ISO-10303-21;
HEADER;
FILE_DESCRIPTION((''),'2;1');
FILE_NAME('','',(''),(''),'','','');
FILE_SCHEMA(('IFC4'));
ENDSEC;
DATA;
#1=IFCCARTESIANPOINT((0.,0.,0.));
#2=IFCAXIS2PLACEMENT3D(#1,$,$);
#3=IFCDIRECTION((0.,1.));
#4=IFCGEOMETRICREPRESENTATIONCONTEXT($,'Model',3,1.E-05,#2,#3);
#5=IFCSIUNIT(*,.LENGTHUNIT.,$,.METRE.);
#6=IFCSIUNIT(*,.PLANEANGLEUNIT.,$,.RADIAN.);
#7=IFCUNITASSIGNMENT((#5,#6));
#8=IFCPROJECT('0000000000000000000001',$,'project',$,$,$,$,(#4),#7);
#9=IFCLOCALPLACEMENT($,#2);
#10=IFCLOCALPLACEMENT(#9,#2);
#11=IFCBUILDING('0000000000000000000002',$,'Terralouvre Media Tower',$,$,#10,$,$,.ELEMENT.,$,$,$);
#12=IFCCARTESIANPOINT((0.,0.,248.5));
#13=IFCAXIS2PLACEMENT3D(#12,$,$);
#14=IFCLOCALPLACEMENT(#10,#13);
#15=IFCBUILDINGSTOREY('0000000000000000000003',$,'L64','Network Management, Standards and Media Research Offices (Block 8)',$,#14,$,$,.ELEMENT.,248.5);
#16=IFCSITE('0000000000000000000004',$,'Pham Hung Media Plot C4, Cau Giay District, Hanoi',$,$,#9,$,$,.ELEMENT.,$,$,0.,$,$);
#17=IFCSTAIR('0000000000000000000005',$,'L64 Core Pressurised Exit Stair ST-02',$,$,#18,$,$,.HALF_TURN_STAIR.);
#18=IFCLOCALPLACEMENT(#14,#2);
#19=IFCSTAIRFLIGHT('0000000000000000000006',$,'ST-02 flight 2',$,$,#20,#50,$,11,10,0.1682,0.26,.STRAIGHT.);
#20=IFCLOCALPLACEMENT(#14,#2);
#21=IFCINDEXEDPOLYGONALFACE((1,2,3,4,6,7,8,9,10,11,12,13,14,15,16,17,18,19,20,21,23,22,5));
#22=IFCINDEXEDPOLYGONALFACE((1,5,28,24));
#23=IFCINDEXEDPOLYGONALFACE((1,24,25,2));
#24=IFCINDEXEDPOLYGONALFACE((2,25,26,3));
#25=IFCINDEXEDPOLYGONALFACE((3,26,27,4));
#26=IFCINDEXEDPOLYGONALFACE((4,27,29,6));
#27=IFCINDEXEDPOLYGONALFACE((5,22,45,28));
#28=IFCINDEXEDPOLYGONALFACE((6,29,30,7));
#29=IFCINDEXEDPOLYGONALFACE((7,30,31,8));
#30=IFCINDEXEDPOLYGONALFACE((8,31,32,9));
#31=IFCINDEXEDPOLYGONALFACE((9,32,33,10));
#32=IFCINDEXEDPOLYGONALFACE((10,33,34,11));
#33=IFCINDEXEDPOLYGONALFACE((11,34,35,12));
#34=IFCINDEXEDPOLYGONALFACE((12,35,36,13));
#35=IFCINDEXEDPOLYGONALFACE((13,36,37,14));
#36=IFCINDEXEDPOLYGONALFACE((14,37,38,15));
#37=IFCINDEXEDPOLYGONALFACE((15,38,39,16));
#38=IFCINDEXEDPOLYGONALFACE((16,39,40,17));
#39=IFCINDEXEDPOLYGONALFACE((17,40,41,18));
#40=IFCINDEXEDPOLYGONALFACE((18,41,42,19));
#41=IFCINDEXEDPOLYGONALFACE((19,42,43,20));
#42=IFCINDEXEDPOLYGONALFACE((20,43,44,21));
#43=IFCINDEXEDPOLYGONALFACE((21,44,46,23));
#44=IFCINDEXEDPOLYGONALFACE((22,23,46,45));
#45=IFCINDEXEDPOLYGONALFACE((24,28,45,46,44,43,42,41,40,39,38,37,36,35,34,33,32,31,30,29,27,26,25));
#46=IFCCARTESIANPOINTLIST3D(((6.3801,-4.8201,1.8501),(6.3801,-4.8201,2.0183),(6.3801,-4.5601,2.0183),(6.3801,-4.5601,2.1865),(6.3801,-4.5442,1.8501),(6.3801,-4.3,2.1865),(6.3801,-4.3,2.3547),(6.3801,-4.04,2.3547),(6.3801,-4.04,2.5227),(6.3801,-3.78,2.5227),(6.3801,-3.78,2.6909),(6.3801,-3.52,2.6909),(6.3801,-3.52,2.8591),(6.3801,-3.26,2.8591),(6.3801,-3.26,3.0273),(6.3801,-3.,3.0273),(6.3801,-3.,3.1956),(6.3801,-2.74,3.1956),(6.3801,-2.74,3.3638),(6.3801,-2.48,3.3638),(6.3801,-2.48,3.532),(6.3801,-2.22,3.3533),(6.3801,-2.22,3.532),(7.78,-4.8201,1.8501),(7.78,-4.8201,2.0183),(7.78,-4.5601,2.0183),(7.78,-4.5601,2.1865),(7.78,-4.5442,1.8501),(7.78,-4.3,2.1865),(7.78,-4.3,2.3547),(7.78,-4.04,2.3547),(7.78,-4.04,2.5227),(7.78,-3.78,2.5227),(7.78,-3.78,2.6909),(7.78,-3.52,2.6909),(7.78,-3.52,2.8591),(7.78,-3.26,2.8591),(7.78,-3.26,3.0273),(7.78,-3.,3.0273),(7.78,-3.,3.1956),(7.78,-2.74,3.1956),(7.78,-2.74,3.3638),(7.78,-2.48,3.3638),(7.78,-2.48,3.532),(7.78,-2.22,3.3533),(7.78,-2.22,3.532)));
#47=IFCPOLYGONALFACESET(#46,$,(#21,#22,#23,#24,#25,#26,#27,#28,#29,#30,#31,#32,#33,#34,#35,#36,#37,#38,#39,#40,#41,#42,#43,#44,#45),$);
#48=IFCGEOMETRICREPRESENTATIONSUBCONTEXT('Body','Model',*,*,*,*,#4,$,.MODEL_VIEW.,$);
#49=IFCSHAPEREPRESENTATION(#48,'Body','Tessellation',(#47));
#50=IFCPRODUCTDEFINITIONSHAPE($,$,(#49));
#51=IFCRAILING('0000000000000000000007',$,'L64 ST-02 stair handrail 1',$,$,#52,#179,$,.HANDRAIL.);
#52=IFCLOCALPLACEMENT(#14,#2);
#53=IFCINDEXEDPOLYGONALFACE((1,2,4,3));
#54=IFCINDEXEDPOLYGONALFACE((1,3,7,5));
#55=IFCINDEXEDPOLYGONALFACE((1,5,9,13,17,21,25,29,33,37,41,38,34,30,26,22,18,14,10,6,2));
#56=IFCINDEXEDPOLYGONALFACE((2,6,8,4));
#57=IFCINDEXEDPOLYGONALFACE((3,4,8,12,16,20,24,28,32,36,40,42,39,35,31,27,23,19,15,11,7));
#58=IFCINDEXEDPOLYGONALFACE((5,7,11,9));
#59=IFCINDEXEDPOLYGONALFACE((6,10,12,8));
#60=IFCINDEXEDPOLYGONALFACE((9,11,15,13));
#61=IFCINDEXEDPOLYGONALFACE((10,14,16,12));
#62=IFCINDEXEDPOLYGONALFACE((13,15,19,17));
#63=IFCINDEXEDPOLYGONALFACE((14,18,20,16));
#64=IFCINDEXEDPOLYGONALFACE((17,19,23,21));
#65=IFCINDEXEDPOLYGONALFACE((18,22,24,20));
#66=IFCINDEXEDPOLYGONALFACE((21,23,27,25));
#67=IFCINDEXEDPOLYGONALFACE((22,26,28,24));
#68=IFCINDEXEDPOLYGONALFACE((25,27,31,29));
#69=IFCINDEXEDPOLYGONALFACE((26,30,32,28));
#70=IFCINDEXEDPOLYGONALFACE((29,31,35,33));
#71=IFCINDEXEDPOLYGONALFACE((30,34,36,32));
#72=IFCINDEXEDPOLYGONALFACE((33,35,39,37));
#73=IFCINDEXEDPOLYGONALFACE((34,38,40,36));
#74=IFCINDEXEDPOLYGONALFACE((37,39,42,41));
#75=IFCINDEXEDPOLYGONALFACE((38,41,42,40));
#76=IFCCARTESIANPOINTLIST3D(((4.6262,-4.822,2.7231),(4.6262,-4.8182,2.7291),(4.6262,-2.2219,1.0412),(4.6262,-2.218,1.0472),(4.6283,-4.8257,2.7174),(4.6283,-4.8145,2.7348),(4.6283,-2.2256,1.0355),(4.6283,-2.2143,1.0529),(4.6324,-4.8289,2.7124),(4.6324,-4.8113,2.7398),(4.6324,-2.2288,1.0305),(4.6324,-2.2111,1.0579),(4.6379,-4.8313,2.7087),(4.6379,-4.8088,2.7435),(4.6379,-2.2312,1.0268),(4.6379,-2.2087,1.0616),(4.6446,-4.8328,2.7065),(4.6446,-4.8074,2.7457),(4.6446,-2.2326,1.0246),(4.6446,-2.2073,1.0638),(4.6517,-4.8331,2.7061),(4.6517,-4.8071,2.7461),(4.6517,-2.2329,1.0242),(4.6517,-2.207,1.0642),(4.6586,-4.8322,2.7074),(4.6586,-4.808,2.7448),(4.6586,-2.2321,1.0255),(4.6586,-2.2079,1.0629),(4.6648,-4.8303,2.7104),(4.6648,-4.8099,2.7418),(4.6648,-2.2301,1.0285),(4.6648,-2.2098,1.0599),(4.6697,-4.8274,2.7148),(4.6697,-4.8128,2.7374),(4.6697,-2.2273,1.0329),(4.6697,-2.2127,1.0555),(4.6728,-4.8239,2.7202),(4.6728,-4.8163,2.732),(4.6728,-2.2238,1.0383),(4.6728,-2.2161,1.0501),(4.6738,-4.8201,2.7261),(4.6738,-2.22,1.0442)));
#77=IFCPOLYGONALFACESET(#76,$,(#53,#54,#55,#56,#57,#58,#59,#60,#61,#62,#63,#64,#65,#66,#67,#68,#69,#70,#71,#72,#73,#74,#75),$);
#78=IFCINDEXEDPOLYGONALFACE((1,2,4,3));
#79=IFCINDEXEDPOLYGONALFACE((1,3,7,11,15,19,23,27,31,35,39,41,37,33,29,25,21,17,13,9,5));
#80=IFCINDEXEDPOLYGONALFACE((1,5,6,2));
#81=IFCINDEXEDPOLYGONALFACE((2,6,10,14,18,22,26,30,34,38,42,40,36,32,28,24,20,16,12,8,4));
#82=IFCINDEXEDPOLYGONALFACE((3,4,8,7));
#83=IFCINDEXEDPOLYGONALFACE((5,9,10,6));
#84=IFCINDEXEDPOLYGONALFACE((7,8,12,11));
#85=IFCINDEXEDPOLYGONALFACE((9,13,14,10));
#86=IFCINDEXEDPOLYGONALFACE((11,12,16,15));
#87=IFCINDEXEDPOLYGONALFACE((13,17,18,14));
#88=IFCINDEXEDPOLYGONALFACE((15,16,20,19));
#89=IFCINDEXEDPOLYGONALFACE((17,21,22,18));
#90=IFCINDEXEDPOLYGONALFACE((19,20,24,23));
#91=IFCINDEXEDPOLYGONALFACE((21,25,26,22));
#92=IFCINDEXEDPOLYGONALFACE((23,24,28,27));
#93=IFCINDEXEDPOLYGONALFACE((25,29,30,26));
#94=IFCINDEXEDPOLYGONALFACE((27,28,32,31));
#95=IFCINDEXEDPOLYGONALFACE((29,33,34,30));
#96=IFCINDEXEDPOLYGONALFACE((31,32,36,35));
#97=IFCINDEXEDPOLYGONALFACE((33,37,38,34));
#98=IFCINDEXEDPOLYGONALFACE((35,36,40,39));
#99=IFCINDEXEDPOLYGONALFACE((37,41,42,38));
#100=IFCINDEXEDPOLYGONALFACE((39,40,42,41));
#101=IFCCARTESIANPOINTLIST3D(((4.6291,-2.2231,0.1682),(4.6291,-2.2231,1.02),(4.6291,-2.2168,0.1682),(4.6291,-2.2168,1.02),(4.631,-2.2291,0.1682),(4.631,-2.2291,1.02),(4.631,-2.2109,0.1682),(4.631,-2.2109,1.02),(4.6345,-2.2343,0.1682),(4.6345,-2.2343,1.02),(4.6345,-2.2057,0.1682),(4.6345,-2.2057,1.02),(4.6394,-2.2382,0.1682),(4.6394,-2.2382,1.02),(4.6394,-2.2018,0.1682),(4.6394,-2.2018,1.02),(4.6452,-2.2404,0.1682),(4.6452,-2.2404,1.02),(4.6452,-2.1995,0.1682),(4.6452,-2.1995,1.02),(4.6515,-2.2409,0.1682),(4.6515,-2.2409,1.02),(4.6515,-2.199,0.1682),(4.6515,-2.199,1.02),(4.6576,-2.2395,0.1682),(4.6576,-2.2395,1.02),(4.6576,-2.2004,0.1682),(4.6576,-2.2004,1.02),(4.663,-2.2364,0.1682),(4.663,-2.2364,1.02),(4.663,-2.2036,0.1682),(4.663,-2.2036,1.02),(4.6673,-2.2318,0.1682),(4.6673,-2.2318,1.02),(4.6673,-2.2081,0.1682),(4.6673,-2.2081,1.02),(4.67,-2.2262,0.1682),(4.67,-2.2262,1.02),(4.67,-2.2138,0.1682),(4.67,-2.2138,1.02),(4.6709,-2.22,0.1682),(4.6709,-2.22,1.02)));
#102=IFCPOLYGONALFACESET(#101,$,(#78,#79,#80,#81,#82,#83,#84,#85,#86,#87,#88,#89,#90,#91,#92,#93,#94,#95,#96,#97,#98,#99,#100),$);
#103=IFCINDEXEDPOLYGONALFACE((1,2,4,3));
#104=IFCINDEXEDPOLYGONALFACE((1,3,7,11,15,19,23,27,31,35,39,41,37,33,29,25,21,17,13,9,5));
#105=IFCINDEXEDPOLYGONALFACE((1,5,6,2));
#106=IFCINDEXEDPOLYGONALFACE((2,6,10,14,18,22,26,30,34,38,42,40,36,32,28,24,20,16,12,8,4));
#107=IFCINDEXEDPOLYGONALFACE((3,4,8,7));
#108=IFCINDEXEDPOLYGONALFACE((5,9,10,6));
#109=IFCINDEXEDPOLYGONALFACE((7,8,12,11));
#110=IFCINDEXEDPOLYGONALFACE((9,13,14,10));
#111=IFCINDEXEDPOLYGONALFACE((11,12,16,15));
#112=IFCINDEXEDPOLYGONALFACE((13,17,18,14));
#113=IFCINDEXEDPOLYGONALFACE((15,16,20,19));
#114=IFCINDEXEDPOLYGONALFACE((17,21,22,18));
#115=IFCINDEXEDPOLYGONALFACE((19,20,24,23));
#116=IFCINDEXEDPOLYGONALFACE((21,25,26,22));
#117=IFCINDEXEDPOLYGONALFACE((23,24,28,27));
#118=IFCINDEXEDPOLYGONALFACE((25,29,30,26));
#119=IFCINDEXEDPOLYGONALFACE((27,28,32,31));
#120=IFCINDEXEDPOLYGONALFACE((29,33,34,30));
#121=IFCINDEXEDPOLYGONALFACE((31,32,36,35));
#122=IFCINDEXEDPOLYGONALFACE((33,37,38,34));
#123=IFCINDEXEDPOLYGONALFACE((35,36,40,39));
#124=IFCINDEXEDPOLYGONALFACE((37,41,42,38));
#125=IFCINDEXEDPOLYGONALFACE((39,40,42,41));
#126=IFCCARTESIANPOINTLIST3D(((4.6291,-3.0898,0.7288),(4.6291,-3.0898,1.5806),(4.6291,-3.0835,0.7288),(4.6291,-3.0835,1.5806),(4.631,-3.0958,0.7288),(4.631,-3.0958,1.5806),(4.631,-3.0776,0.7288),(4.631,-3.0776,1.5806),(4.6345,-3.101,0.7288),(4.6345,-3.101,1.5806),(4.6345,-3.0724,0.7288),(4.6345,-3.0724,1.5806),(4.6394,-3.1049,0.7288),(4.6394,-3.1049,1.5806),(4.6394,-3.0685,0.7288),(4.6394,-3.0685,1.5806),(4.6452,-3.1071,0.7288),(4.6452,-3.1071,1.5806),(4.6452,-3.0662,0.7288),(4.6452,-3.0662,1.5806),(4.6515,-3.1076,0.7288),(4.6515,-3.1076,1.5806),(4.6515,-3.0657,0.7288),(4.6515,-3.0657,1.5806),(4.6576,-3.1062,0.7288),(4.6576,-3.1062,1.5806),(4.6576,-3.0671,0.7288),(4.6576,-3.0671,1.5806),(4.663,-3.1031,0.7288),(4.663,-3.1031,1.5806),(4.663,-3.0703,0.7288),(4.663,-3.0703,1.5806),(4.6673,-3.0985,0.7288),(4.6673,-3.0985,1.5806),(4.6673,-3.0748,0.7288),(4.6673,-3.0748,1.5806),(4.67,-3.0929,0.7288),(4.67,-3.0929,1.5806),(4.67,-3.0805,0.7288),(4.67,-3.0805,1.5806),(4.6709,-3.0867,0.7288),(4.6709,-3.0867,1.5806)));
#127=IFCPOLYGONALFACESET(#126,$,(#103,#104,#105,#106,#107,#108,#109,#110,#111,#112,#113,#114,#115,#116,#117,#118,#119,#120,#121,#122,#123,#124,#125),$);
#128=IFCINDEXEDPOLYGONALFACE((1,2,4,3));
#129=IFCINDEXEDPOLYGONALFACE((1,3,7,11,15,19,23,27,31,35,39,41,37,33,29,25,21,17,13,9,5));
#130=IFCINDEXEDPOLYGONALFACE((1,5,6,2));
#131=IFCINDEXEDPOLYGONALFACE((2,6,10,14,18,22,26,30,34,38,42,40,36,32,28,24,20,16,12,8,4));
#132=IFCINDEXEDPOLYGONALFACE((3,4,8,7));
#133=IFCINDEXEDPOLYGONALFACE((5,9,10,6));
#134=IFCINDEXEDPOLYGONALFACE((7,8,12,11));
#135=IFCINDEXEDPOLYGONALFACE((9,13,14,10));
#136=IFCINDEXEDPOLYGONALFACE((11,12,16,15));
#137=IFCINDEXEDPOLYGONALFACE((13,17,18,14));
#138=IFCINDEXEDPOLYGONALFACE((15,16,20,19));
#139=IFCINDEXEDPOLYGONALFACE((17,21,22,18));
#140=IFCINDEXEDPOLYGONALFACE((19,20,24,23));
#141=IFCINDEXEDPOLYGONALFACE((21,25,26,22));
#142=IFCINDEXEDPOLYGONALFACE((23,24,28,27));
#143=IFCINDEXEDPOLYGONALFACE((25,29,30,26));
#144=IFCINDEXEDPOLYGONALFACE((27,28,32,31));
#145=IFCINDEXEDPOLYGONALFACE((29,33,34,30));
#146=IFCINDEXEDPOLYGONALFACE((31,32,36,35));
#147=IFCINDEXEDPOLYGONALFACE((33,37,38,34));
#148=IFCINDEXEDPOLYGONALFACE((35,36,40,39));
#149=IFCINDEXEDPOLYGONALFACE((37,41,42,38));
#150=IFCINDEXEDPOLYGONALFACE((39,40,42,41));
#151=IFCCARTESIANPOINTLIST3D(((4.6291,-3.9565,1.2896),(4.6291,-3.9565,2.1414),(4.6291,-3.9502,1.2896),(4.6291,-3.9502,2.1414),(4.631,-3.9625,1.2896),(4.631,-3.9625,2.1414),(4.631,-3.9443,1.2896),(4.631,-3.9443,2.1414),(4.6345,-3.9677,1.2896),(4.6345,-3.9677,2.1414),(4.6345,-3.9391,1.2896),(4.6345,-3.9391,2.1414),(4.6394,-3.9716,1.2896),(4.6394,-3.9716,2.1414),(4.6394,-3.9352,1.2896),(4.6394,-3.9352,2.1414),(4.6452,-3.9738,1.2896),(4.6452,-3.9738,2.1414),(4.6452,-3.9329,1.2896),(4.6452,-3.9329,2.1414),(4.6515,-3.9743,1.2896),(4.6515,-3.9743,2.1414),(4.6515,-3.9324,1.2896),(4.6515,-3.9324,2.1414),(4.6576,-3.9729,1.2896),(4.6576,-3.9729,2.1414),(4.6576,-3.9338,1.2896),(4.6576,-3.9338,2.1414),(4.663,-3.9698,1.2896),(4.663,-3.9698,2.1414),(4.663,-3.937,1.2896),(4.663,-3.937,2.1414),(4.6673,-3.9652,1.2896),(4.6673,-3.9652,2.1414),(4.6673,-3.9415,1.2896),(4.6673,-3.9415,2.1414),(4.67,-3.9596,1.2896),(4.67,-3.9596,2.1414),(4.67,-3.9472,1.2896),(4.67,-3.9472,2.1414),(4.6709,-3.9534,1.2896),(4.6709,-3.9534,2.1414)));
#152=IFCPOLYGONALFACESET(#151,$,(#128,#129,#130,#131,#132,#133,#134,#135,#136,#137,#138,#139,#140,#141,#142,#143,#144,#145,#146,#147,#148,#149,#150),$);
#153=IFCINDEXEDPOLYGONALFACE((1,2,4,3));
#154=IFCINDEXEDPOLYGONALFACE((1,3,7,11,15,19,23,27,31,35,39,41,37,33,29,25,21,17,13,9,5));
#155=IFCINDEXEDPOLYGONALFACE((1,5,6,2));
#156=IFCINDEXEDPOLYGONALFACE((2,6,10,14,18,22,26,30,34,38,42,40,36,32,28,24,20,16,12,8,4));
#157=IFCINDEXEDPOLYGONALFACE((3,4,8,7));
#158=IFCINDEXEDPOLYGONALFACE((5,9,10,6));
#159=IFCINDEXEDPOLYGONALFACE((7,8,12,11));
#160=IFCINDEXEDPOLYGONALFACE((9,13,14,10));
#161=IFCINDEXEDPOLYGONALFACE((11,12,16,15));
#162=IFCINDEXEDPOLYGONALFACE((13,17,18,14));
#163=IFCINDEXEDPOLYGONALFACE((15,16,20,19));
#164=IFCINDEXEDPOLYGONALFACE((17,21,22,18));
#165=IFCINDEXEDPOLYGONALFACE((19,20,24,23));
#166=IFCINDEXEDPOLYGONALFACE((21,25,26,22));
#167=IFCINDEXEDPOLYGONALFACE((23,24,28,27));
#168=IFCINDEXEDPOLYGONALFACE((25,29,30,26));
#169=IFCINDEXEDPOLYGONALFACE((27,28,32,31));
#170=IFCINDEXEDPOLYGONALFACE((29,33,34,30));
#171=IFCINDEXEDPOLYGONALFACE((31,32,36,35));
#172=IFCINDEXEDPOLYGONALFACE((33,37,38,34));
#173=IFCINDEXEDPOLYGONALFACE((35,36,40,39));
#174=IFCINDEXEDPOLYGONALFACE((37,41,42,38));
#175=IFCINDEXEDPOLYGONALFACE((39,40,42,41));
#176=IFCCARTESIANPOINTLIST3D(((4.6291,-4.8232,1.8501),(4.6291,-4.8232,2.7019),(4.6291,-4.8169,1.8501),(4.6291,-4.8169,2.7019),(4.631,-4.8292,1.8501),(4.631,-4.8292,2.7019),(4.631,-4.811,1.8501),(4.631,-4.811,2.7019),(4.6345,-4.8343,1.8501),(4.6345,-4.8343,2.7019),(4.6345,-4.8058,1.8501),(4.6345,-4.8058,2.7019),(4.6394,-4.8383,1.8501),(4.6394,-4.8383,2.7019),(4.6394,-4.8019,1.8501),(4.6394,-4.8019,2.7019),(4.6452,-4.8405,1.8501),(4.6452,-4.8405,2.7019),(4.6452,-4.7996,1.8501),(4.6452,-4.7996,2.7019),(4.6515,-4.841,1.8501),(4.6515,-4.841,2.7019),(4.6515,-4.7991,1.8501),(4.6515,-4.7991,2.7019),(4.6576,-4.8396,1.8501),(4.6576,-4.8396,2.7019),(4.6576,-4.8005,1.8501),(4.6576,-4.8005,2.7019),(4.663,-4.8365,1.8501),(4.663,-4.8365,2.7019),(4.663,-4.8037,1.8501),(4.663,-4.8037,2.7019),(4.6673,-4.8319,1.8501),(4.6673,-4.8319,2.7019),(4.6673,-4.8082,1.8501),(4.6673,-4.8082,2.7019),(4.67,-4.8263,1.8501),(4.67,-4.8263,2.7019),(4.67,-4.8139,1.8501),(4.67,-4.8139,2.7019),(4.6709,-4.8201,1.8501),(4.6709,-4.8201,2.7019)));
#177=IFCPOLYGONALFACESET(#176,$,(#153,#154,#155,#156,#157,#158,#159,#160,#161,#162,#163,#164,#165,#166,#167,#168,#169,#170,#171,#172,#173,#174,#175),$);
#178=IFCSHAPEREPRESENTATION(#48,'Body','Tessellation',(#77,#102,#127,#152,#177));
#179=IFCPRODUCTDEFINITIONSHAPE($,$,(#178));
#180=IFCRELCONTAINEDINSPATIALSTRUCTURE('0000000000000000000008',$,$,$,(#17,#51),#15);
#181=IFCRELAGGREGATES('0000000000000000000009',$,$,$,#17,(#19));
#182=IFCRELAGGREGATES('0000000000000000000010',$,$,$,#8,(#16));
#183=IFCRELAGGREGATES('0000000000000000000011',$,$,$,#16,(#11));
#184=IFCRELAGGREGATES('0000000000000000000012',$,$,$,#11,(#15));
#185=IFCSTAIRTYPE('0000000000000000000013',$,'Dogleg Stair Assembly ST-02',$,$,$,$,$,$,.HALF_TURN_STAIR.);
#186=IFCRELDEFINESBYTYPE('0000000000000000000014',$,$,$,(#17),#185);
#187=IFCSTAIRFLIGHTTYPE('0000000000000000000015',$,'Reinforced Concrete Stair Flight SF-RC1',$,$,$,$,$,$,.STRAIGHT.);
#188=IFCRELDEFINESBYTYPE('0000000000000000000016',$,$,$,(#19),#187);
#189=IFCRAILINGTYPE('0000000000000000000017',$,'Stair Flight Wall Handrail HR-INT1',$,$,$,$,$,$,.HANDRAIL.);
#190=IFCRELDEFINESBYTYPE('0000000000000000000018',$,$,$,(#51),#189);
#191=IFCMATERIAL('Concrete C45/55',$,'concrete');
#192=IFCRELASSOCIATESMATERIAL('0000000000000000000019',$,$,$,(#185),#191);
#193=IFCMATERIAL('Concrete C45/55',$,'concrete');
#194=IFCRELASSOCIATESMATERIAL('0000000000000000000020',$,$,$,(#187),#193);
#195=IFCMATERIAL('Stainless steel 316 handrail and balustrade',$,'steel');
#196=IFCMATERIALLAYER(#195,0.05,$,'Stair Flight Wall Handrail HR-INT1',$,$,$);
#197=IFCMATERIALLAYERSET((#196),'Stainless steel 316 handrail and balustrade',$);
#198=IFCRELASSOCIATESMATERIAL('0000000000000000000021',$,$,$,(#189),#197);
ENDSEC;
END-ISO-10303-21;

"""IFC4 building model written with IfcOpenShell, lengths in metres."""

from ifc_helpers import new_model, si_unit, direction, frame, origin, origin_2d, place, context, subcontext, project, spatial, polyline, circle, outline, extrude, material, layer, layer_set, type_object, element, aggregate, save


model = new_model("IFC4")

# Units and contexts
model_context = context("Model", 3, precision=1e-05, world=origin(), true_north=direction((0.0, 1.0)))
body_context = subcontext(model_context, "Body", "Model", "MODEL_VIEW")
ifc_project = project(units=[si_unit("LENGTHUNIT", "METRE"), si_unit("PLANEANGLEUNIT", "RADIAN")], contexts=[model_context])

# Site, building, storey
site_placement = place(None, origin())
site = spatial("IfcSite", under=ifc_project, at=site_placement, Name="Pham Hung Media Plot C4, Cau Giay District, Hanoi", CompositionType="ELEMENT", RefElevation=0.0)
building_placement = place(site_placement, origin())
building = spatial("IfcBuilding", under=site, at=building_placement, Name="Terralouvre Media Tower", CompositionType="ELEMENT")
storey_placement = place(building_placement, frame((0.0, 0.0, 248.5)))
storey = spatial("IfcBuildingStorey", under=building, at=storey_placement, Name="L64", Description="Network Management, Standards and Media Research Offices (Block 8)", CompositionType="ELEMENT", Elevation=248.5)

# Stair, stair flight
ifc_material_1 = material(Name="Concrete C45/55", Category="concrete")
stair_type = type_object("IfcStairType", Name="Dogleg Stair Assembly ST-02", PredefinedType="HALF_TURN_STAIR", material=ifc_material_1)
stair_placement = place(storey_placement, origin())
stair = element("IfcStair", 1, at=stair_placement, inside=storey, type_object=stair_type, Name="L64 Core Pressurised Exit Stair ST-02", PredefinedType="HALF_TURN_STAIR")
ifc_material_2 = material(Name="Concrete C45/55", Category="concrete")
stair_flight_type = type_object("IfcStairFlightType", Name="Reinforced Concrete Stair Flight SF-RC1", PredefinedType="STRAIGHT", material=ifc_material_2)
stair_flight_1_placement = place(storey_placement, frame((7.0801, -4.8201, 1.8501), z_axis=(0.0, 0.0, 1.0), x_axis=(0.0, 1.0, 0.0)))
stair_flight_1 = element("IfcStairFlight", 2, at=stair_flight_1_placement, type_object=stair_flight_type, Name="ST-02 flight 2", NumberOfRisers=11, NumberOfTreads=10, PredefinedType="STRAIGHT", RiserHeight=0.1682, TreadLength=0.26, context=body_context, shape_type="SweptSolid", body=[
    extrude(outline(polyline([(0.0, 0.0), (0.0, 0.1682), (0.26, 0.1682), (0.26, 0.3364), (0.52, 0.3364), (0.52, 0.5046), (0.78, 0.5046), (0.78, 0.6726), (1.04, 0.6726), (1.04, 0.8408), (1.3, 0.8408), (1.3, 1.009), (1.5601, 1.009), (1.5601, 1.1772), (1.8201, 1.1772), (1.8201, 1.3455), (2.0801, 1.3455), (2.0801, 1.5137), (2.3401, 1.5137), (2.3401, 1.6819), (2.6001, 1.6819), (2.6001, 1.8501), (2.6001, 1.5032), (0.2759, 0.0), (0.0, 0.0)])), frame((0.0, 0.7, 0.0), z_axis=(0.0, -1.0, 0.0), x_axis=(1.0, 0.0, 0.0)), (0.0, 0.0, 1.0), 1.3999),
])
aggregate(stair, [stair_flight_1])

# Railing
ifc_material_3 = material(Name="Stainless steel 316 handrail and balustrade", Category="steel")
ifc_layer_1 = layer(ifc_material_3, 0.05, Name="Stair Flight Wall Handrail HR-INT1")
ifc_layer_set_1 = layer_set([ifc_layer_1], Name="Stainless steel 316 handrail and balustrade")
railing_type_1 = type_object("IfcRailingType", Name="Stair Flight Wall Handrail HR-INT1", PredefinedType="HANDRAIL", material=ifc_layer_set_1)
railing_1_placement = place(storey_placement, frame((4.6499, -2.22, 0.1682)))
element("IfcRailing", 3, at=railing_1_placement, inside=storey, type_object=railing_type_1, Name="L64 ST-02 stair handrail 1", PredefinedType="HANDRAIL", context=body_context, shape_type="SweptSolid", body=[
    extrude(circle(Radius=0.0239, at=origin_2d()), frame((0.0, 0.0, 0.876), z_axis=(0.0, -0.839648, 0.54313), x_axis=(1.0, 0.0, 0.0)), (0.0, 0.0, 1.0), 3.0967),
    extrude(circle(Radius=0.021, at=origin_2d()), origin(), (0.0, 0.0, 1.0), 0.8518),
    extrude(circle(Radius=0.021, at=origin_2d()), frame((0.0, -0.8667, 0.5605)), (0.0, 0.0, 1.0), 0.8518),
    extrude(circle(Radius=0.021, at=origin_2d()), frame((0.0, -1.7334, 1.1213)), (0.0, 0.0, 1.0), 0.8518),
    extrude(circle(Radius=0.021, at=origin_2d()), frame((0.0, -2.6001, 1.6819)), (0.0, 0.0, 1.0), 0.8518),
])

save(model, "model.ifc")
